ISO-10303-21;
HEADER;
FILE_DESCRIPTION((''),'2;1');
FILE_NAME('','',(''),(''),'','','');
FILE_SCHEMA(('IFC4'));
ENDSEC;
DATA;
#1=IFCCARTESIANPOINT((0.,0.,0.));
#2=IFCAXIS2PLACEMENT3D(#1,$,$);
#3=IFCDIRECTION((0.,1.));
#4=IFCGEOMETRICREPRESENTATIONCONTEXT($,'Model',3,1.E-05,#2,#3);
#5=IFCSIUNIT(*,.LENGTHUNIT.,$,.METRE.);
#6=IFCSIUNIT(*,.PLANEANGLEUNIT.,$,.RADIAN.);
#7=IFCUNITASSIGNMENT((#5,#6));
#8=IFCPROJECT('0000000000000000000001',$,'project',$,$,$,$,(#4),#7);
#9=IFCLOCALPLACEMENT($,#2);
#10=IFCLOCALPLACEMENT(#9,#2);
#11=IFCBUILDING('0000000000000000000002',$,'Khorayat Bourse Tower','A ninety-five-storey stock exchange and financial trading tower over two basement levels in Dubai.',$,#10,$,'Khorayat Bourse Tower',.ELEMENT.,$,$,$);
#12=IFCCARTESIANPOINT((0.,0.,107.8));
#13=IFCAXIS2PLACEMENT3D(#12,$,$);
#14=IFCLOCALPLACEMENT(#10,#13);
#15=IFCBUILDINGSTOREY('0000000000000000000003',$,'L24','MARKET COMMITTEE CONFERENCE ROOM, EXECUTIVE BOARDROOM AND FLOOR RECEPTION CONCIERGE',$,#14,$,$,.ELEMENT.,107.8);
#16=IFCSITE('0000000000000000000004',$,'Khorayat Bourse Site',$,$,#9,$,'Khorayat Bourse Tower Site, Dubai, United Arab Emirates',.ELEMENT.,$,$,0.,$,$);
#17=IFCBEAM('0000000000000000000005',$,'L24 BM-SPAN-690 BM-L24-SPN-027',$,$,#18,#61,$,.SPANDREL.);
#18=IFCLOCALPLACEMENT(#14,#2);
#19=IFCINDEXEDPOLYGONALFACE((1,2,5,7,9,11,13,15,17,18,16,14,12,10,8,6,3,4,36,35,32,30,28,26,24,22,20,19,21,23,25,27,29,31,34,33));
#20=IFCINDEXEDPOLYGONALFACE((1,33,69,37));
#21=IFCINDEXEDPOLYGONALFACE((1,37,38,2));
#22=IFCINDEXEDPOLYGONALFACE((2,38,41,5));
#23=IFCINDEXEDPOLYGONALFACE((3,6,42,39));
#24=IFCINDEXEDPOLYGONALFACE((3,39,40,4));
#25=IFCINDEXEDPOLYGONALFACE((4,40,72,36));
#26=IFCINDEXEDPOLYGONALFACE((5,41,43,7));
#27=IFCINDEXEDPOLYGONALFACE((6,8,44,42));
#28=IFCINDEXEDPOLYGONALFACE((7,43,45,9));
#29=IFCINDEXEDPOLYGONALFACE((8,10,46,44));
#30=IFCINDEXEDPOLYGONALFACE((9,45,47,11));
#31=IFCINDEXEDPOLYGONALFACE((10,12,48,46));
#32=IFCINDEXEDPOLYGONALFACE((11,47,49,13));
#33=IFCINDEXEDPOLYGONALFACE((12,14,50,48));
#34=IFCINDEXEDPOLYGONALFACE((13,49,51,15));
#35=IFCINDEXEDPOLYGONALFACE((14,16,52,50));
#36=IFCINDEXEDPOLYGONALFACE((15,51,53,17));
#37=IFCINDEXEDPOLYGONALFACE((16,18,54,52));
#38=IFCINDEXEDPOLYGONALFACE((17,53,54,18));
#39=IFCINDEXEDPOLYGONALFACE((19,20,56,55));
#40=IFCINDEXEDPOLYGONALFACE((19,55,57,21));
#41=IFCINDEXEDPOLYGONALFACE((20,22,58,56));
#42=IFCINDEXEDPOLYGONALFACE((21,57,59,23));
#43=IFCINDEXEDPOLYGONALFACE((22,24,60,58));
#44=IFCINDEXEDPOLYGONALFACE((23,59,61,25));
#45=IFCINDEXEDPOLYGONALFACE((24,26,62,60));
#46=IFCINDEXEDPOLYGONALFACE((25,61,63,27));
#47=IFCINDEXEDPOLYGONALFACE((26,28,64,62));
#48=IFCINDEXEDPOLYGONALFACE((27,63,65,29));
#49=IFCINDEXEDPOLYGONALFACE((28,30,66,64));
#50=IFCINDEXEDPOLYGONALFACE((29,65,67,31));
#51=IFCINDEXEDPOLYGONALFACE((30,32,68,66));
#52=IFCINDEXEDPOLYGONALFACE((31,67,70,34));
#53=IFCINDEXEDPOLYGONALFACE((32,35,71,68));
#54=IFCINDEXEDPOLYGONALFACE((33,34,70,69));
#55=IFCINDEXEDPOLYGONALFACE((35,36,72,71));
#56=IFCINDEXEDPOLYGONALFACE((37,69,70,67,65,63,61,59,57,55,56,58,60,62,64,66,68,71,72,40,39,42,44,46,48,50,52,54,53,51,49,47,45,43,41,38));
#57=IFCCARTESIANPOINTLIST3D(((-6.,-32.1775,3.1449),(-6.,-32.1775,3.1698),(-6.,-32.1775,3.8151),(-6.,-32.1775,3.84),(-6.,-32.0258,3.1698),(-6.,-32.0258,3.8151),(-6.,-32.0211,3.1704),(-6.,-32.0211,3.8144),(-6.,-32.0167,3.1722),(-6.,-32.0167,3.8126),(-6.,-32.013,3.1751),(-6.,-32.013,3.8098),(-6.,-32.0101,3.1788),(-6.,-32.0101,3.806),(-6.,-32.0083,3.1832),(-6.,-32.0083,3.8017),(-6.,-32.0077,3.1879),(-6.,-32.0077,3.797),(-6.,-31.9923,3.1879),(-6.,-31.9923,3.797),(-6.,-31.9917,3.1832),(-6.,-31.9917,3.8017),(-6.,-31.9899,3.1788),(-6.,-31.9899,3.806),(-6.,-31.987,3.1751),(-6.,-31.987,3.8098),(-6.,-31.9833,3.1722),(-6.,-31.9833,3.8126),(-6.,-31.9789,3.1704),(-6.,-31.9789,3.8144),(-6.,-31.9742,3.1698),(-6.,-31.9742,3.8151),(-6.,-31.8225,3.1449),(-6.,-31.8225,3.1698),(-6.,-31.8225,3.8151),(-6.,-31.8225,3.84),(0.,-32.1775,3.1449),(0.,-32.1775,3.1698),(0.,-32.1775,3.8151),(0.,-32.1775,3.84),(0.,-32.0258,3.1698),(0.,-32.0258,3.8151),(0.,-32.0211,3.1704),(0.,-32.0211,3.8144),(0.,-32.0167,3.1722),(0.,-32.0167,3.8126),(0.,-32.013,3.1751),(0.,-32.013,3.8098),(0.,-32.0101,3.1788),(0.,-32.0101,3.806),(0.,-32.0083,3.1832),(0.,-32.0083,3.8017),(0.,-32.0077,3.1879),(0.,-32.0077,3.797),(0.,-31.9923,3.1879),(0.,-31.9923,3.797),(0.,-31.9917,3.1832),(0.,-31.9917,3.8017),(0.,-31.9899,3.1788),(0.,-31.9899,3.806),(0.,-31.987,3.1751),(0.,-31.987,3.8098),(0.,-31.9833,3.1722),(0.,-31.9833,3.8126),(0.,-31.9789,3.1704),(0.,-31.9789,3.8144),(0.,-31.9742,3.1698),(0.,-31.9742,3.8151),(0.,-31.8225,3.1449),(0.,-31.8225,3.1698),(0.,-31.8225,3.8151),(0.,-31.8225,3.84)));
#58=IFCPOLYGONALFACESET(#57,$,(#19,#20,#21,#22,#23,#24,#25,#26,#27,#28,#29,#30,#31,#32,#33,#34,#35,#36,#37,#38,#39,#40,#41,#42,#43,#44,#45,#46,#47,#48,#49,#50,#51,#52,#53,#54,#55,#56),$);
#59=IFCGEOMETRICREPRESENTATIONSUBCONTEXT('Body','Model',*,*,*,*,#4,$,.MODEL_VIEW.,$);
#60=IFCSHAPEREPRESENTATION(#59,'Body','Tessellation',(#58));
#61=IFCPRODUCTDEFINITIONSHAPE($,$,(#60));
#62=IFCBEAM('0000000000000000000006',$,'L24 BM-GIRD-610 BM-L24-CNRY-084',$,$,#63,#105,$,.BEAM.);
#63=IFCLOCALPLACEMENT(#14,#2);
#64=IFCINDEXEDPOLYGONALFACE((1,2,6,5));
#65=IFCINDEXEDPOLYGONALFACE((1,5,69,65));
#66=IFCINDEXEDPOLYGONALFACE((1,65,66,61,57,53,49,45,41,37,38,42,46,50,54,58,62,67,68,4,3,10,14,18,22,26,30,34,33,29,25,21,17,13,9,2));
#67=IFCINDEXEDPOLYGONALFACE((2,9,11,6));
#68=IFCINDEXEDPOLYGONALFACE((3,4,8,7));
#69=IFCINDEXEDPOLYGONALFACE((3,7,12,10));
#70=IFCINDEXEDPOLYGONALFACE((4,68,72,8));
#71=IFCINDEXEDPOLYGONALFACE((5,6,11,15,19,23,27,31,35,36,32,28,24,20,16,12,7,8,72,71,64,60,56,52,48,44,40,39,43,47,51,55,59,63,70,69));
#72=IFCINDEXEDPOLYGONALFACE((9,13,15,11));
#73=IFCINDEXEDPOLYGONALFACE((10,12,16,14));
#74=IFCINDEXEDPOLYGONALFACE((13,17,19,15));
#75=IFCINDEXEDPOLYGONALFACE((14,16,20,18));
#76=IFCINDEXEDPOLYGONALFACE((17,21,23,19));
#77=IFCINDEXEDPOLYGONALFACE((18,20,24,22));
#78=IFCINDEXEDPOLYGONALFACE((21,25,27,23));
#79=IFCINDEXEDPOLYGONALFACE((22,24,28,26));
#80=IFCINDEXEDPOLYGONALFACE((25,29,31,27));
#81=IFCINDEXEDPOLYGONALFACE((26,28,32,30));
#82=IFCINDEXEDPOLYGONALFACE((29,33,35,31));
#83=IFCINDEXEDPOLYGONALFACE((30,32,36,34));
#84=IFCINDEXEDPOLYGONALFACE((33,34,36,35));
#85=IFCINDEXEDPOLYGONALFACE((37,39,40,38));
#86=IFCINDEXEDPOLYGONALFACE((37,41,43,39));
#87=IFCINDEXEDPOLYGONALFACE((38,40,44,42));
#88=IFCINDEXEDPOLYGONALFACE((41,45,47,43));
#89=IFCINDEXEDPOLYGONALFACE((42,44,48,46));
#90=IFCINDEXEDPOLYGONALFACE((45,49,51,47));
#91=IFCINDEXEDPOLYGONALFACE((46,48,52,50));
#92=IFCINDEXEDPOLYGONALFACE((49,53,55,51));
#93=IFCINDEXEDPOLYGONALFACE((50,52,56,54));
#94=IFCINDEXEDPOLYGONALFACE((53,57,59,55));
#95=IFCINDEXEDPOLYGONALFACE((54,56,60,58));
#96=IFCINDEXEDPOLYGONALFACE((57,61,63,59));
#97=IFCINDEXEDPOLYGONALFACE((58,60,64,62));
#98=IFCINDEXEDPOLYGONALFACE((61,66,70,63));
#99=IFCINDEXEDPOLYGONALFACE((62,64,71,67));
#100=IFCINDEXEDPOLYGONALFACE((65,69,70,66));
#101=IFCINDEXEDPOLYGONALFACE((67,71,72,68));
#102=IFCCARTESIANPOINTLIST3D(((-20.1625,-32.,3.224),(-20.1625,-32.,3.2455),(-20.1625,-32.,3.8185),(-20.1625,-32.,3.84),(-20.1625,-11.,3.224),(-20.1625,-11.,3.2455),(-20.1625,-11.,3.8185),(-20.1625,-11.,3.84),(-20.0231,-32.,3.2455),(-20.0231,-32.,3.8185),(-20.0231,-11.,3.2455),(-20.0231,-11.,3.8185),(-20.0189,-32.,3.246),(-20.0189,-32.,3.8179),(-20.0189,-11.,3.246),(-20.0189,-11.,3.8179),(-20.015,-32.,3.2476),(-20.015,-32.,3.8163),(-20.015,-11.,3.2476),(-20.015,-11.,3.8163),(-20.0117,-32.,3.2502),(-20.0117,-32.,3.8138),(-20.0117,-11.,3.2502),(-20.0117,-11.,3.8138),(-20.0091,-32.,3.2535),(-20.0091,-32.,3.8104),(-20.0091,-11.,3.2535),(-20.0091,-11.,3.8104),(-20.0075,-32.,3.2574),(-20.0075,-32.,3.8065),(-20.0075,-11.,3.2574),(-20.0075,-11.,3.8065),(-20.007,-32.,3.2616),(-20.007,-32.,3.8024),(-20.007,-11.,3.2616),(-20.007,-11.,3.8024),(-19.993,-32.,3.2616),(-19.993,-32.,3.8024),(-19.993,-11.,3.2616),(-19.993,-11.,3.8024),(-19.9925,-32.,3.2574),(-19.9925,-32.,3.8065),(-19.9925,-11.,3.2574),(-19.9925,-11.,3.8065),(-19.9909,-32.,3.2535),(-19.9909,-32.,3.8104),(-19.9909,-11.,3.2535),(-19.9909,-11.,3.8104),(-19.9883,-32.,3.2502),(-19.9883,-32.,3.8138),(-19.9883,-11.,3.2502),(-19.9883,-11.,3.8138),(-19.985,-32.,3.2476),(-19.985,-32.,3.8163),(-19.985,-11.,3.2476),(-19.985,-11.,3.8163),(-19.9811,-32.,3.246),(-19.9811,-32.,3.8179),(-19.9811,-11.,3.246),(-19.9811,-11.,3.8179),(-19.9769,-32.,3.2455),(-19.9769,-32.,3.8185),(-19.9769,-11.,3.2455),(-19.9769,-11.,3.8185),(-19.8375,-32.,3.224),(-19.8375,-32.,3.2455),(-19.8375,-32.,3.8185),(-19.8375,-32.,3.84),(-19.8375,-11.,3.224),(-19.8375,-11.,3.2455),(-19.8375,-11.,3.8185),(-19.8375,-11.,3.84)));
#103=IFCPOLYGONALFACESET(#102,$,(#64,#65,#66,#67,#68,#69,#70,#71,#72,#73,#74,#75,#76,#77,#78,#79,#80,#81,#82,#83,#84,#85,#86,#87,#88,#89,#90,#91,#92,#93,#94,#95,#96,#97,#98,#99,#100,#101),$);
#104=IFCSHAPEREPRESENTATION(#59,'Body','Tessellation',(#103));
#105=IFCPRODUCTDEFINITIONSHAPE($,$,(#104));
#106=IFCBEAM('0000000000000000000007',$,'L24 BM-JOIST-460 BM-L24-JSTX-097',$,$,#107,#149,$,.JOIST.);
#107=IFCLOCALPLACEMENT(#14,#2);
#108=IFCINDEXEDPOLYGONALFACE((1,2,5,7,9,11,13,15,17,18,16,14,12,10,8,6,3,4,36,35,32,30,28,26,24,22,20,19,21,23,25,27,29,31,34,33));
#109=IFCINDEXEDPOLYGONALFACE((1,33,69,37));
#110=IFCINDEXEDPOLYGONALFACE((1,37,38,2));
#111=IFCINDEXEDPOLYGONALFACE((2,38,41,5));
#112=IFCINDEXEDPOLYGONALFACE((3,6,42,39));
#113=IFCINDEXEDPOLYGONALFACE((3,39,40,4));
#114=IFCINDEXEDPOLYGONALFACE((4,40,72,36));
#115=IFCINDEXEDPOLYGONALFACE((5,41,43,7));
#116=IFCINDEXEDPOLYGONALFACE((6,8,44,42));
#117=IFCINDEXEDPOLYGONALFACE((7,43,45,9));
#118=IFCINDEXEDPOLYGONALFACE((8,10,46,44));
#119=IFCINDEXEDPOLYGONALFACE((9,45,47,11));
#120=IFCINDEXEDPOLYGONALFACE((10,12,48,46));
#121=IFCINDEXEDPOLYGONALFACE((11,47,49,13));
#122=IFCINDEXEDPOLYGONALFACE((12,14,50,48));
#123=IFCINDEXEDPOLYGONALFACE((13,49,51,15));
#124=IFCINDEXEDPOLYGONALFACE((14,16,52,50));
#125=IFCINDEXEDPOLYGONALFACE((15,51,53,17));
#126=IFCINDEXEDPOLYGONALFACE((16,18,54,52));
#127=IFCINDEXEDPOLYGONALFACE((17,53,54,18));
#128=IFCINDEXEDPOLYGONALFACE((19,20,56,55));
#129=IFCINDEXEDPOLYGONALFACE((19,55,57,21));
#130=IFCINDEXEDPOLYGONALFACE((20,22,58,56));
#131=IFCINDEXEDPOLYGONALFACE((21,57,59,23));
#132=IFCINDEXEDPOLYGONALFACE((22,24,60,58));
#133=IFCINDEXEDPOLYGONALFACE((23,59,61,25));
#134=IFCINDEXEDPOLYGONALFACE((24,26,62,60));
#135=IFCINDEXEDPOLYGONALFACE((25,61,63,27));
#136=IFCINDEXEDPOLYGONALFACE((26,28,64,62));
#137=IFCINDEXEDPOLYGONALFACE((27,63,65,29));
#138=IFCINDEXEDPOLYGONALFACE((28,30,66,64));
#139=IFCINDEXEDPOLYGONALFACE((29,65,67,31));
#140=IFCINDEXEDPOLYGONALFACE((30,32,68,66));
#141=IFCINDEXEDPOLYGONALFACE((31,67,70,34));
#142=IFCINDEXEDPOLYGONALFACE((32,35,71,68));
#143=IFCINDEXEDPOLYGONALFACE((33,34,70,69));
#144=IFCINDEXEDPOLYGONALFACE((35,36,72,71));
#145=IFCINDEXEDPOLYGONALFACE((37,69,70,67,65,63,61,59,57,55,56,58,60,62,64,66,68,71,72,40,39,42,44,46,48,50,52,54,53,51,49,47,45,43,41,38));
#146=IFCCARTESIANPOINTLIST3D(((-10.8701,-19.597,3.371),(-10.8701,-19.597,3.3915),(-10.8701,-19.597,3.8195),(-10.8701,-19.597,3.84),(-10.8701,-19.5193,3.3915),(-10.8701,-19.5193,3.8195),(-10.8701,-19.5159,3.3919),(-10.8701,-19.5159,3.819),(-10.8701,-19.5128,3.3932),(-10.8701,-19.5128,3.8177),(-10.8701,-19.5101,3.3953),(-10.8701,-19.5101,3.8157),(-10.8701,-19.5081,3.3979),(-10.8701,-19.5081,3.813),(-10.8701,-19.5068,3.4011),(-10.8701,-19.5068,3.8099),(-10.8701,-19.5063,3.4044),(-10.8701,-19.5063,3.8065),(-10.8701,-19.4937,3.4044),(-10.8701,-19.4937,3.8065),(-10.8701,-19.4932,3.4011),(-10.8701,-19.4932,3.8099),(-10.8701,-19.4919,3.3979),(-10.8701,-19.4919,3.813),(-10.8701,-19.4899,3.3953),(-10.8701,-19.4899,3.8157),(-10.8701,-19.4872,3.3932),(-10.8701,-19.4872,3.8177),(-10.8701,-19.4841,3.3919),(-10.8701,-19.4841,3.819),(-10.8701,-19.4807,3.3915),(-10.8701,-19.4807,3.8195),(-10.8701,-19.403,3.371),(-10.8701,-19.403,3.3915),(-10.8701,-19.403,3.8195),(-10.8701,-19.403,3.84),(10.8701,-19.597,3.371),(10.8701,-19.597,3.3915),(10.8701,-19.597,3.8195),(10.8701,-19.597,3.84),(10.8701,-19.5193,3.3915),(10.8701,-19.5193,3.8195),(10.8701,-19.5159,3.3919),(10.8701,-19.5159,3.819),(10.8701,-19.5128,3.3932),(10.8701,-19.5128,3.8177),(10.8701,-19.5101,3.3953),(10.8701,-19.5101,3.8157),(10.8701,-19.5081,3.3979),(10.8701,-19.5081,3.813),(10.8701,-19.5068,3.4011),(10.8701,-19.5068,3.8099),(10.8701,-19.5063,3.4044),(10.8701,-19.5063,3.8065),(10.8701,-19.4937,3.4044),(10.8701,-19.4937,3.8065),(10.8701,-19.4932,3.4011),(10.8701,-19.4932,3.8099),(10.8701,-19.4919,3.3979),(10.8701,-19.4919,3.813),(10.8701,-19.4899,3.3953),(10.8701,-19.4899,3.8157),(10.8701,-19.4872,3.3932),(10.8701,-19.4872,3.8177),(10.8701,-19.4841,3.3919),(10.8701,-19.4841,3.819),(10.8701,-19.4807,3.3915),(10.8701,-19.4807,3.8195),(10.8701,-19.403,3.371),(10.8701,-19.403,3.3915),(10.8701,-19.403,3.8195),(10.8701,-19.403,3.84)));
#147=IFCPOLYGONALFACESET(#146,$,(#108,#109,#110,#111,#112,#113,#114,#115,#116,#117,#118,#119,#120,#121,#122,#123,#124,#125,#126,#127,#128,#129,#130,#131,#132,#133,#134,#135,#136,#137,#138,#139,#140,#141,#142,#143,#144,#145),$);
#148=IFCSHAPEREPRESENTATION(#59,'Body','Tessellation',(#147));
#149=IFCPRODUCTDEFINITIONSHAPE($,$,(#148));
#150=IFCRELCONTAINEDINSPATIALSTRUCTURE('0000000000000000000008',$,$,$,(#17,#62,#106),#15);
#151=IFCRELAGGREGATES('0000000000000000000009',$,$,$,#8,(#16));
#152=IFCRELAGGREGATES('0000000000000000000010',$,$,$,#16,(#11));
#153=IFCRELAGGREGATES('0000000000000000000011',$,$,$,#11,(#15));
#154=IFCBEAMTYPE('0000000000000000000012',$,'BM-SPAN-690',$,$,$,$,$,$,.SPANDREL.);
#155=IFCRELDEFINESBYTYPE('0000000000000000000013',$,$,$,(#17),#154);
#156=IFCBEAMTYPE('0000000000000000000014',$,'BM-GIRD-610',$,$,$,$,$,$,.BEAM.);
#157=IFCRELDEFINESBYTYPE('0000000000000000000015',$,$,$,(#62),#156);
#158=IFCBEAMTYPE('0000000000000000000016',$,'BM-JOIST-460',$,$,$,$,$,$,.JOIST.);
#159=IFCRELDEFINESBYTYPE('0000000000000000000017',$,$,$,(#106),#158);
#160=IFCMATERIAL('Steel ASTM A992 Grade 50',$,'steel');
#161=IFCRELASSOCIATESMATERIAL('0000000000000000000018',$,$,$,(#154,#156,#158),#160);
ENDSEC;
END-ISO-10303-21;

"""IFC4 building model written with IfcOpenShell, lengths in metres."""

from ifc_helpers import new_model, si_unit, direction, frame, origin, origin_2d, place, context, subcontext, project, spatial, i_section, extrude, source, transform, mapped, material, material_profile, profile_set, type_object, element, save


model = new_model("IFC4")

# Units and contexts
model_context = context("Model", 3, precision=1e-05, world=origin(), true_north=direction((0.0, 1.0)))
body_context = subcontext(model_context, "Body", "Model", "MODEL_VIEW")
ifc_project = project(units=[si_unit("LENGTHUNIT", "METRE"), si_unit("PLANEANGLEUNIT", "RADIAN")], contexts=[model_context])

# Site, building, storey
site_placement = place(None, origin())
site = spatial("IfcSite", under=ifc_project, at=site_placement, Name="Khorayat Bourse Site", LongName="Khorayat Bourse Tower Site, Dubai, United Arab Emirates", CompositionType="ELEMENT", RefElevation=0.0)
building_placement = place(site_placement, origin())
building = spatial("IfcBuilding", under=site, at=building_placement, Name="Khorayat Bourse Tower", Description="A ninety-five-storey stock exchange and financial trading tower over two basement levels in Dubai.", LongName="Khorayat Bourse Tower", CompositionType="ELEMENT")
storey_placement = place(building_placement, frame((0.0, 0.0, 107.8)))
storey = spatial("IfcBuildingStorey", under=building, at=storey_placement, Name="L24", Description="MARKET COMMITTEE CONFERENCE ROOM, EXECUTIVE BOARDROOM AND FLOOR RECEPTION CONCIERGE", CompositionType="ELEMENT", Elevation=107.8)

# Beams
ifc_material_1 = material(Name="Steel ASTM A992 Grade 50", Category="steel")
ifc_material_profile_1 = material_profile(ifc_material_1, i_section(OverallWidth=0.355, OverallDepth=0.6951, WebThickness=0.0154, FlangeThickness=0.0249, FilletRadius=0.0181, at=origin_2d()), Name="W690X217")
ifc_profile_set_1 = profile_set([ifc_material_profile_1], Name="Steel ASTM A992 Grade 50")
beam_type_1 = type_object("IfcBeamType", Name="BM-SPAN-690", PredefinedType="SPANDREL", material=ifc_profile_set_1)
shared_shape_1 = source(origin(), body_context, "Body", "SweptSolid", [
    extrude(i_section(OverallWidth=0.355, OverallDepth=0.6951, WebThickness=0.0154, FlangeThickness=0.0249, FilletRadius=0.0181, at=origin_2d()), origin(), (0.0, 0.0, 1.0), 6.0),
])
beam_1_placement = place(storey_placement, frame((-6.0, -32.0, 3.4924), z_axis=(1.0, 0.0, 0.0), x_axis=(0.0, 1.0, 0.0)))
element("IfcBeam", 1, at=beam_1_placement, inside=storey, type_object=beam_type_1, Name="L24 BM-SPAN-690 BM-L24-SPN-027", PredefinedType="SPANDREL", context=body_context, shape_type="MappedRepresentation", body=[
    mapped(shared_shape_1, transform((0.0, 0.0, 0.0), scale=1.0)),
])
ifc_material_profile_2 = material_profile(ifc_material_1, i_section(OverallWidth=0.325, OverallDepth=0.616, WebThickness=0.0139, FlangeThickness=0.0215, FilletRadius=0.0161, at=origin_2d()), Name="W610X174")
ifc_profile_set_2 = profile_set([ifc_material_profile_2], Name="Steel ASTM A992 Grade 50")
beam_type_2 = type_object("IfcBeamType", Name="BM-GIRD-610", PredefinedType="BEAM", material=ifc_profile_set_2)
shared_shape_2 = source(origin(), body_context, "Body", "SweptSolid", [
    extrude(i_section(OverallWidth=0.325, OverallDepth=0.616, WebThickness=0.0139, FlangeThickness=0.0215, FilletRadius=0.0161, at=origin_2d()), origin(), (0.0, 0.0, 1.0), 21.0),
])
beam_2_placement = place(storey_placement, frame((-20.0, -32.0, 3.532), z_axis=(0.0, 1.0, 0.0), x_axis=(-1.0, 0.0, 0.0)))
element("IfcBeam", 2, at=beam_2_placement, inside=storey, type_object=beam_type_2, Name="L24 BM-GIRD-610 BM-L24-CNRY-084", PredefinedType="BEAM", context=body_context, shape_type="MappedRepresentation", body=[
    mapped(shared_shape_2, transform((0.0, 0.0, 0.0), scale=1.0)),
])
ifc_material_profile_3 = material_profile(ifc_material_1, i_section(OverallWidth=0.1941, OverallDepth=0.469, WebThickness=0.0127, FlangeThickness=0.0205, FilletRadius=0.0129, at=origin_2d()), Name="W460X106")
ifc_profile_set_3 = profile_set([ifc_material_profile_3], Name="Steel ASTM A992 Grade 50")
beam_type_3 = type_object("IfcBeamType", Name="BM-JOIST-460", PredefinedType="JOIST", material=ifc_profile_set_3)
shared_shape_3 = source(origin(), body_context, "Body", "SweptSolid", [
    extrude(i_section(OverallWidth=0.1941, OverallDepth=0.469, WebThickness=0.0127, FlangeThickness=0.0205, FilletRadius=0.0129, at=origin_2d()), origin(), (0.0, 0.0, 1.0), 21.7402),
])
beam_3_placement = place(storey_placement, frame((-10.8701, -19.5, 3.6055), z_axis=(1.0, 0.0, 0.0), x_axis=(0.0, 1.0, 0.0)))
element("IfcBeam", 3, at=beam_3_placement, inside=storey, type_object=beam_type_3, Name="L24 BM-JOIST-460 BM-L24-JSTX-097", PredefinedType="JOIST", context=body_context, shape_type="MappedRepresentation", body=[
    mapped(shared_shape_3, transform((0.0, 0.0, 0.0), scale=1.0)),
])

save(model, "model.ifc")
